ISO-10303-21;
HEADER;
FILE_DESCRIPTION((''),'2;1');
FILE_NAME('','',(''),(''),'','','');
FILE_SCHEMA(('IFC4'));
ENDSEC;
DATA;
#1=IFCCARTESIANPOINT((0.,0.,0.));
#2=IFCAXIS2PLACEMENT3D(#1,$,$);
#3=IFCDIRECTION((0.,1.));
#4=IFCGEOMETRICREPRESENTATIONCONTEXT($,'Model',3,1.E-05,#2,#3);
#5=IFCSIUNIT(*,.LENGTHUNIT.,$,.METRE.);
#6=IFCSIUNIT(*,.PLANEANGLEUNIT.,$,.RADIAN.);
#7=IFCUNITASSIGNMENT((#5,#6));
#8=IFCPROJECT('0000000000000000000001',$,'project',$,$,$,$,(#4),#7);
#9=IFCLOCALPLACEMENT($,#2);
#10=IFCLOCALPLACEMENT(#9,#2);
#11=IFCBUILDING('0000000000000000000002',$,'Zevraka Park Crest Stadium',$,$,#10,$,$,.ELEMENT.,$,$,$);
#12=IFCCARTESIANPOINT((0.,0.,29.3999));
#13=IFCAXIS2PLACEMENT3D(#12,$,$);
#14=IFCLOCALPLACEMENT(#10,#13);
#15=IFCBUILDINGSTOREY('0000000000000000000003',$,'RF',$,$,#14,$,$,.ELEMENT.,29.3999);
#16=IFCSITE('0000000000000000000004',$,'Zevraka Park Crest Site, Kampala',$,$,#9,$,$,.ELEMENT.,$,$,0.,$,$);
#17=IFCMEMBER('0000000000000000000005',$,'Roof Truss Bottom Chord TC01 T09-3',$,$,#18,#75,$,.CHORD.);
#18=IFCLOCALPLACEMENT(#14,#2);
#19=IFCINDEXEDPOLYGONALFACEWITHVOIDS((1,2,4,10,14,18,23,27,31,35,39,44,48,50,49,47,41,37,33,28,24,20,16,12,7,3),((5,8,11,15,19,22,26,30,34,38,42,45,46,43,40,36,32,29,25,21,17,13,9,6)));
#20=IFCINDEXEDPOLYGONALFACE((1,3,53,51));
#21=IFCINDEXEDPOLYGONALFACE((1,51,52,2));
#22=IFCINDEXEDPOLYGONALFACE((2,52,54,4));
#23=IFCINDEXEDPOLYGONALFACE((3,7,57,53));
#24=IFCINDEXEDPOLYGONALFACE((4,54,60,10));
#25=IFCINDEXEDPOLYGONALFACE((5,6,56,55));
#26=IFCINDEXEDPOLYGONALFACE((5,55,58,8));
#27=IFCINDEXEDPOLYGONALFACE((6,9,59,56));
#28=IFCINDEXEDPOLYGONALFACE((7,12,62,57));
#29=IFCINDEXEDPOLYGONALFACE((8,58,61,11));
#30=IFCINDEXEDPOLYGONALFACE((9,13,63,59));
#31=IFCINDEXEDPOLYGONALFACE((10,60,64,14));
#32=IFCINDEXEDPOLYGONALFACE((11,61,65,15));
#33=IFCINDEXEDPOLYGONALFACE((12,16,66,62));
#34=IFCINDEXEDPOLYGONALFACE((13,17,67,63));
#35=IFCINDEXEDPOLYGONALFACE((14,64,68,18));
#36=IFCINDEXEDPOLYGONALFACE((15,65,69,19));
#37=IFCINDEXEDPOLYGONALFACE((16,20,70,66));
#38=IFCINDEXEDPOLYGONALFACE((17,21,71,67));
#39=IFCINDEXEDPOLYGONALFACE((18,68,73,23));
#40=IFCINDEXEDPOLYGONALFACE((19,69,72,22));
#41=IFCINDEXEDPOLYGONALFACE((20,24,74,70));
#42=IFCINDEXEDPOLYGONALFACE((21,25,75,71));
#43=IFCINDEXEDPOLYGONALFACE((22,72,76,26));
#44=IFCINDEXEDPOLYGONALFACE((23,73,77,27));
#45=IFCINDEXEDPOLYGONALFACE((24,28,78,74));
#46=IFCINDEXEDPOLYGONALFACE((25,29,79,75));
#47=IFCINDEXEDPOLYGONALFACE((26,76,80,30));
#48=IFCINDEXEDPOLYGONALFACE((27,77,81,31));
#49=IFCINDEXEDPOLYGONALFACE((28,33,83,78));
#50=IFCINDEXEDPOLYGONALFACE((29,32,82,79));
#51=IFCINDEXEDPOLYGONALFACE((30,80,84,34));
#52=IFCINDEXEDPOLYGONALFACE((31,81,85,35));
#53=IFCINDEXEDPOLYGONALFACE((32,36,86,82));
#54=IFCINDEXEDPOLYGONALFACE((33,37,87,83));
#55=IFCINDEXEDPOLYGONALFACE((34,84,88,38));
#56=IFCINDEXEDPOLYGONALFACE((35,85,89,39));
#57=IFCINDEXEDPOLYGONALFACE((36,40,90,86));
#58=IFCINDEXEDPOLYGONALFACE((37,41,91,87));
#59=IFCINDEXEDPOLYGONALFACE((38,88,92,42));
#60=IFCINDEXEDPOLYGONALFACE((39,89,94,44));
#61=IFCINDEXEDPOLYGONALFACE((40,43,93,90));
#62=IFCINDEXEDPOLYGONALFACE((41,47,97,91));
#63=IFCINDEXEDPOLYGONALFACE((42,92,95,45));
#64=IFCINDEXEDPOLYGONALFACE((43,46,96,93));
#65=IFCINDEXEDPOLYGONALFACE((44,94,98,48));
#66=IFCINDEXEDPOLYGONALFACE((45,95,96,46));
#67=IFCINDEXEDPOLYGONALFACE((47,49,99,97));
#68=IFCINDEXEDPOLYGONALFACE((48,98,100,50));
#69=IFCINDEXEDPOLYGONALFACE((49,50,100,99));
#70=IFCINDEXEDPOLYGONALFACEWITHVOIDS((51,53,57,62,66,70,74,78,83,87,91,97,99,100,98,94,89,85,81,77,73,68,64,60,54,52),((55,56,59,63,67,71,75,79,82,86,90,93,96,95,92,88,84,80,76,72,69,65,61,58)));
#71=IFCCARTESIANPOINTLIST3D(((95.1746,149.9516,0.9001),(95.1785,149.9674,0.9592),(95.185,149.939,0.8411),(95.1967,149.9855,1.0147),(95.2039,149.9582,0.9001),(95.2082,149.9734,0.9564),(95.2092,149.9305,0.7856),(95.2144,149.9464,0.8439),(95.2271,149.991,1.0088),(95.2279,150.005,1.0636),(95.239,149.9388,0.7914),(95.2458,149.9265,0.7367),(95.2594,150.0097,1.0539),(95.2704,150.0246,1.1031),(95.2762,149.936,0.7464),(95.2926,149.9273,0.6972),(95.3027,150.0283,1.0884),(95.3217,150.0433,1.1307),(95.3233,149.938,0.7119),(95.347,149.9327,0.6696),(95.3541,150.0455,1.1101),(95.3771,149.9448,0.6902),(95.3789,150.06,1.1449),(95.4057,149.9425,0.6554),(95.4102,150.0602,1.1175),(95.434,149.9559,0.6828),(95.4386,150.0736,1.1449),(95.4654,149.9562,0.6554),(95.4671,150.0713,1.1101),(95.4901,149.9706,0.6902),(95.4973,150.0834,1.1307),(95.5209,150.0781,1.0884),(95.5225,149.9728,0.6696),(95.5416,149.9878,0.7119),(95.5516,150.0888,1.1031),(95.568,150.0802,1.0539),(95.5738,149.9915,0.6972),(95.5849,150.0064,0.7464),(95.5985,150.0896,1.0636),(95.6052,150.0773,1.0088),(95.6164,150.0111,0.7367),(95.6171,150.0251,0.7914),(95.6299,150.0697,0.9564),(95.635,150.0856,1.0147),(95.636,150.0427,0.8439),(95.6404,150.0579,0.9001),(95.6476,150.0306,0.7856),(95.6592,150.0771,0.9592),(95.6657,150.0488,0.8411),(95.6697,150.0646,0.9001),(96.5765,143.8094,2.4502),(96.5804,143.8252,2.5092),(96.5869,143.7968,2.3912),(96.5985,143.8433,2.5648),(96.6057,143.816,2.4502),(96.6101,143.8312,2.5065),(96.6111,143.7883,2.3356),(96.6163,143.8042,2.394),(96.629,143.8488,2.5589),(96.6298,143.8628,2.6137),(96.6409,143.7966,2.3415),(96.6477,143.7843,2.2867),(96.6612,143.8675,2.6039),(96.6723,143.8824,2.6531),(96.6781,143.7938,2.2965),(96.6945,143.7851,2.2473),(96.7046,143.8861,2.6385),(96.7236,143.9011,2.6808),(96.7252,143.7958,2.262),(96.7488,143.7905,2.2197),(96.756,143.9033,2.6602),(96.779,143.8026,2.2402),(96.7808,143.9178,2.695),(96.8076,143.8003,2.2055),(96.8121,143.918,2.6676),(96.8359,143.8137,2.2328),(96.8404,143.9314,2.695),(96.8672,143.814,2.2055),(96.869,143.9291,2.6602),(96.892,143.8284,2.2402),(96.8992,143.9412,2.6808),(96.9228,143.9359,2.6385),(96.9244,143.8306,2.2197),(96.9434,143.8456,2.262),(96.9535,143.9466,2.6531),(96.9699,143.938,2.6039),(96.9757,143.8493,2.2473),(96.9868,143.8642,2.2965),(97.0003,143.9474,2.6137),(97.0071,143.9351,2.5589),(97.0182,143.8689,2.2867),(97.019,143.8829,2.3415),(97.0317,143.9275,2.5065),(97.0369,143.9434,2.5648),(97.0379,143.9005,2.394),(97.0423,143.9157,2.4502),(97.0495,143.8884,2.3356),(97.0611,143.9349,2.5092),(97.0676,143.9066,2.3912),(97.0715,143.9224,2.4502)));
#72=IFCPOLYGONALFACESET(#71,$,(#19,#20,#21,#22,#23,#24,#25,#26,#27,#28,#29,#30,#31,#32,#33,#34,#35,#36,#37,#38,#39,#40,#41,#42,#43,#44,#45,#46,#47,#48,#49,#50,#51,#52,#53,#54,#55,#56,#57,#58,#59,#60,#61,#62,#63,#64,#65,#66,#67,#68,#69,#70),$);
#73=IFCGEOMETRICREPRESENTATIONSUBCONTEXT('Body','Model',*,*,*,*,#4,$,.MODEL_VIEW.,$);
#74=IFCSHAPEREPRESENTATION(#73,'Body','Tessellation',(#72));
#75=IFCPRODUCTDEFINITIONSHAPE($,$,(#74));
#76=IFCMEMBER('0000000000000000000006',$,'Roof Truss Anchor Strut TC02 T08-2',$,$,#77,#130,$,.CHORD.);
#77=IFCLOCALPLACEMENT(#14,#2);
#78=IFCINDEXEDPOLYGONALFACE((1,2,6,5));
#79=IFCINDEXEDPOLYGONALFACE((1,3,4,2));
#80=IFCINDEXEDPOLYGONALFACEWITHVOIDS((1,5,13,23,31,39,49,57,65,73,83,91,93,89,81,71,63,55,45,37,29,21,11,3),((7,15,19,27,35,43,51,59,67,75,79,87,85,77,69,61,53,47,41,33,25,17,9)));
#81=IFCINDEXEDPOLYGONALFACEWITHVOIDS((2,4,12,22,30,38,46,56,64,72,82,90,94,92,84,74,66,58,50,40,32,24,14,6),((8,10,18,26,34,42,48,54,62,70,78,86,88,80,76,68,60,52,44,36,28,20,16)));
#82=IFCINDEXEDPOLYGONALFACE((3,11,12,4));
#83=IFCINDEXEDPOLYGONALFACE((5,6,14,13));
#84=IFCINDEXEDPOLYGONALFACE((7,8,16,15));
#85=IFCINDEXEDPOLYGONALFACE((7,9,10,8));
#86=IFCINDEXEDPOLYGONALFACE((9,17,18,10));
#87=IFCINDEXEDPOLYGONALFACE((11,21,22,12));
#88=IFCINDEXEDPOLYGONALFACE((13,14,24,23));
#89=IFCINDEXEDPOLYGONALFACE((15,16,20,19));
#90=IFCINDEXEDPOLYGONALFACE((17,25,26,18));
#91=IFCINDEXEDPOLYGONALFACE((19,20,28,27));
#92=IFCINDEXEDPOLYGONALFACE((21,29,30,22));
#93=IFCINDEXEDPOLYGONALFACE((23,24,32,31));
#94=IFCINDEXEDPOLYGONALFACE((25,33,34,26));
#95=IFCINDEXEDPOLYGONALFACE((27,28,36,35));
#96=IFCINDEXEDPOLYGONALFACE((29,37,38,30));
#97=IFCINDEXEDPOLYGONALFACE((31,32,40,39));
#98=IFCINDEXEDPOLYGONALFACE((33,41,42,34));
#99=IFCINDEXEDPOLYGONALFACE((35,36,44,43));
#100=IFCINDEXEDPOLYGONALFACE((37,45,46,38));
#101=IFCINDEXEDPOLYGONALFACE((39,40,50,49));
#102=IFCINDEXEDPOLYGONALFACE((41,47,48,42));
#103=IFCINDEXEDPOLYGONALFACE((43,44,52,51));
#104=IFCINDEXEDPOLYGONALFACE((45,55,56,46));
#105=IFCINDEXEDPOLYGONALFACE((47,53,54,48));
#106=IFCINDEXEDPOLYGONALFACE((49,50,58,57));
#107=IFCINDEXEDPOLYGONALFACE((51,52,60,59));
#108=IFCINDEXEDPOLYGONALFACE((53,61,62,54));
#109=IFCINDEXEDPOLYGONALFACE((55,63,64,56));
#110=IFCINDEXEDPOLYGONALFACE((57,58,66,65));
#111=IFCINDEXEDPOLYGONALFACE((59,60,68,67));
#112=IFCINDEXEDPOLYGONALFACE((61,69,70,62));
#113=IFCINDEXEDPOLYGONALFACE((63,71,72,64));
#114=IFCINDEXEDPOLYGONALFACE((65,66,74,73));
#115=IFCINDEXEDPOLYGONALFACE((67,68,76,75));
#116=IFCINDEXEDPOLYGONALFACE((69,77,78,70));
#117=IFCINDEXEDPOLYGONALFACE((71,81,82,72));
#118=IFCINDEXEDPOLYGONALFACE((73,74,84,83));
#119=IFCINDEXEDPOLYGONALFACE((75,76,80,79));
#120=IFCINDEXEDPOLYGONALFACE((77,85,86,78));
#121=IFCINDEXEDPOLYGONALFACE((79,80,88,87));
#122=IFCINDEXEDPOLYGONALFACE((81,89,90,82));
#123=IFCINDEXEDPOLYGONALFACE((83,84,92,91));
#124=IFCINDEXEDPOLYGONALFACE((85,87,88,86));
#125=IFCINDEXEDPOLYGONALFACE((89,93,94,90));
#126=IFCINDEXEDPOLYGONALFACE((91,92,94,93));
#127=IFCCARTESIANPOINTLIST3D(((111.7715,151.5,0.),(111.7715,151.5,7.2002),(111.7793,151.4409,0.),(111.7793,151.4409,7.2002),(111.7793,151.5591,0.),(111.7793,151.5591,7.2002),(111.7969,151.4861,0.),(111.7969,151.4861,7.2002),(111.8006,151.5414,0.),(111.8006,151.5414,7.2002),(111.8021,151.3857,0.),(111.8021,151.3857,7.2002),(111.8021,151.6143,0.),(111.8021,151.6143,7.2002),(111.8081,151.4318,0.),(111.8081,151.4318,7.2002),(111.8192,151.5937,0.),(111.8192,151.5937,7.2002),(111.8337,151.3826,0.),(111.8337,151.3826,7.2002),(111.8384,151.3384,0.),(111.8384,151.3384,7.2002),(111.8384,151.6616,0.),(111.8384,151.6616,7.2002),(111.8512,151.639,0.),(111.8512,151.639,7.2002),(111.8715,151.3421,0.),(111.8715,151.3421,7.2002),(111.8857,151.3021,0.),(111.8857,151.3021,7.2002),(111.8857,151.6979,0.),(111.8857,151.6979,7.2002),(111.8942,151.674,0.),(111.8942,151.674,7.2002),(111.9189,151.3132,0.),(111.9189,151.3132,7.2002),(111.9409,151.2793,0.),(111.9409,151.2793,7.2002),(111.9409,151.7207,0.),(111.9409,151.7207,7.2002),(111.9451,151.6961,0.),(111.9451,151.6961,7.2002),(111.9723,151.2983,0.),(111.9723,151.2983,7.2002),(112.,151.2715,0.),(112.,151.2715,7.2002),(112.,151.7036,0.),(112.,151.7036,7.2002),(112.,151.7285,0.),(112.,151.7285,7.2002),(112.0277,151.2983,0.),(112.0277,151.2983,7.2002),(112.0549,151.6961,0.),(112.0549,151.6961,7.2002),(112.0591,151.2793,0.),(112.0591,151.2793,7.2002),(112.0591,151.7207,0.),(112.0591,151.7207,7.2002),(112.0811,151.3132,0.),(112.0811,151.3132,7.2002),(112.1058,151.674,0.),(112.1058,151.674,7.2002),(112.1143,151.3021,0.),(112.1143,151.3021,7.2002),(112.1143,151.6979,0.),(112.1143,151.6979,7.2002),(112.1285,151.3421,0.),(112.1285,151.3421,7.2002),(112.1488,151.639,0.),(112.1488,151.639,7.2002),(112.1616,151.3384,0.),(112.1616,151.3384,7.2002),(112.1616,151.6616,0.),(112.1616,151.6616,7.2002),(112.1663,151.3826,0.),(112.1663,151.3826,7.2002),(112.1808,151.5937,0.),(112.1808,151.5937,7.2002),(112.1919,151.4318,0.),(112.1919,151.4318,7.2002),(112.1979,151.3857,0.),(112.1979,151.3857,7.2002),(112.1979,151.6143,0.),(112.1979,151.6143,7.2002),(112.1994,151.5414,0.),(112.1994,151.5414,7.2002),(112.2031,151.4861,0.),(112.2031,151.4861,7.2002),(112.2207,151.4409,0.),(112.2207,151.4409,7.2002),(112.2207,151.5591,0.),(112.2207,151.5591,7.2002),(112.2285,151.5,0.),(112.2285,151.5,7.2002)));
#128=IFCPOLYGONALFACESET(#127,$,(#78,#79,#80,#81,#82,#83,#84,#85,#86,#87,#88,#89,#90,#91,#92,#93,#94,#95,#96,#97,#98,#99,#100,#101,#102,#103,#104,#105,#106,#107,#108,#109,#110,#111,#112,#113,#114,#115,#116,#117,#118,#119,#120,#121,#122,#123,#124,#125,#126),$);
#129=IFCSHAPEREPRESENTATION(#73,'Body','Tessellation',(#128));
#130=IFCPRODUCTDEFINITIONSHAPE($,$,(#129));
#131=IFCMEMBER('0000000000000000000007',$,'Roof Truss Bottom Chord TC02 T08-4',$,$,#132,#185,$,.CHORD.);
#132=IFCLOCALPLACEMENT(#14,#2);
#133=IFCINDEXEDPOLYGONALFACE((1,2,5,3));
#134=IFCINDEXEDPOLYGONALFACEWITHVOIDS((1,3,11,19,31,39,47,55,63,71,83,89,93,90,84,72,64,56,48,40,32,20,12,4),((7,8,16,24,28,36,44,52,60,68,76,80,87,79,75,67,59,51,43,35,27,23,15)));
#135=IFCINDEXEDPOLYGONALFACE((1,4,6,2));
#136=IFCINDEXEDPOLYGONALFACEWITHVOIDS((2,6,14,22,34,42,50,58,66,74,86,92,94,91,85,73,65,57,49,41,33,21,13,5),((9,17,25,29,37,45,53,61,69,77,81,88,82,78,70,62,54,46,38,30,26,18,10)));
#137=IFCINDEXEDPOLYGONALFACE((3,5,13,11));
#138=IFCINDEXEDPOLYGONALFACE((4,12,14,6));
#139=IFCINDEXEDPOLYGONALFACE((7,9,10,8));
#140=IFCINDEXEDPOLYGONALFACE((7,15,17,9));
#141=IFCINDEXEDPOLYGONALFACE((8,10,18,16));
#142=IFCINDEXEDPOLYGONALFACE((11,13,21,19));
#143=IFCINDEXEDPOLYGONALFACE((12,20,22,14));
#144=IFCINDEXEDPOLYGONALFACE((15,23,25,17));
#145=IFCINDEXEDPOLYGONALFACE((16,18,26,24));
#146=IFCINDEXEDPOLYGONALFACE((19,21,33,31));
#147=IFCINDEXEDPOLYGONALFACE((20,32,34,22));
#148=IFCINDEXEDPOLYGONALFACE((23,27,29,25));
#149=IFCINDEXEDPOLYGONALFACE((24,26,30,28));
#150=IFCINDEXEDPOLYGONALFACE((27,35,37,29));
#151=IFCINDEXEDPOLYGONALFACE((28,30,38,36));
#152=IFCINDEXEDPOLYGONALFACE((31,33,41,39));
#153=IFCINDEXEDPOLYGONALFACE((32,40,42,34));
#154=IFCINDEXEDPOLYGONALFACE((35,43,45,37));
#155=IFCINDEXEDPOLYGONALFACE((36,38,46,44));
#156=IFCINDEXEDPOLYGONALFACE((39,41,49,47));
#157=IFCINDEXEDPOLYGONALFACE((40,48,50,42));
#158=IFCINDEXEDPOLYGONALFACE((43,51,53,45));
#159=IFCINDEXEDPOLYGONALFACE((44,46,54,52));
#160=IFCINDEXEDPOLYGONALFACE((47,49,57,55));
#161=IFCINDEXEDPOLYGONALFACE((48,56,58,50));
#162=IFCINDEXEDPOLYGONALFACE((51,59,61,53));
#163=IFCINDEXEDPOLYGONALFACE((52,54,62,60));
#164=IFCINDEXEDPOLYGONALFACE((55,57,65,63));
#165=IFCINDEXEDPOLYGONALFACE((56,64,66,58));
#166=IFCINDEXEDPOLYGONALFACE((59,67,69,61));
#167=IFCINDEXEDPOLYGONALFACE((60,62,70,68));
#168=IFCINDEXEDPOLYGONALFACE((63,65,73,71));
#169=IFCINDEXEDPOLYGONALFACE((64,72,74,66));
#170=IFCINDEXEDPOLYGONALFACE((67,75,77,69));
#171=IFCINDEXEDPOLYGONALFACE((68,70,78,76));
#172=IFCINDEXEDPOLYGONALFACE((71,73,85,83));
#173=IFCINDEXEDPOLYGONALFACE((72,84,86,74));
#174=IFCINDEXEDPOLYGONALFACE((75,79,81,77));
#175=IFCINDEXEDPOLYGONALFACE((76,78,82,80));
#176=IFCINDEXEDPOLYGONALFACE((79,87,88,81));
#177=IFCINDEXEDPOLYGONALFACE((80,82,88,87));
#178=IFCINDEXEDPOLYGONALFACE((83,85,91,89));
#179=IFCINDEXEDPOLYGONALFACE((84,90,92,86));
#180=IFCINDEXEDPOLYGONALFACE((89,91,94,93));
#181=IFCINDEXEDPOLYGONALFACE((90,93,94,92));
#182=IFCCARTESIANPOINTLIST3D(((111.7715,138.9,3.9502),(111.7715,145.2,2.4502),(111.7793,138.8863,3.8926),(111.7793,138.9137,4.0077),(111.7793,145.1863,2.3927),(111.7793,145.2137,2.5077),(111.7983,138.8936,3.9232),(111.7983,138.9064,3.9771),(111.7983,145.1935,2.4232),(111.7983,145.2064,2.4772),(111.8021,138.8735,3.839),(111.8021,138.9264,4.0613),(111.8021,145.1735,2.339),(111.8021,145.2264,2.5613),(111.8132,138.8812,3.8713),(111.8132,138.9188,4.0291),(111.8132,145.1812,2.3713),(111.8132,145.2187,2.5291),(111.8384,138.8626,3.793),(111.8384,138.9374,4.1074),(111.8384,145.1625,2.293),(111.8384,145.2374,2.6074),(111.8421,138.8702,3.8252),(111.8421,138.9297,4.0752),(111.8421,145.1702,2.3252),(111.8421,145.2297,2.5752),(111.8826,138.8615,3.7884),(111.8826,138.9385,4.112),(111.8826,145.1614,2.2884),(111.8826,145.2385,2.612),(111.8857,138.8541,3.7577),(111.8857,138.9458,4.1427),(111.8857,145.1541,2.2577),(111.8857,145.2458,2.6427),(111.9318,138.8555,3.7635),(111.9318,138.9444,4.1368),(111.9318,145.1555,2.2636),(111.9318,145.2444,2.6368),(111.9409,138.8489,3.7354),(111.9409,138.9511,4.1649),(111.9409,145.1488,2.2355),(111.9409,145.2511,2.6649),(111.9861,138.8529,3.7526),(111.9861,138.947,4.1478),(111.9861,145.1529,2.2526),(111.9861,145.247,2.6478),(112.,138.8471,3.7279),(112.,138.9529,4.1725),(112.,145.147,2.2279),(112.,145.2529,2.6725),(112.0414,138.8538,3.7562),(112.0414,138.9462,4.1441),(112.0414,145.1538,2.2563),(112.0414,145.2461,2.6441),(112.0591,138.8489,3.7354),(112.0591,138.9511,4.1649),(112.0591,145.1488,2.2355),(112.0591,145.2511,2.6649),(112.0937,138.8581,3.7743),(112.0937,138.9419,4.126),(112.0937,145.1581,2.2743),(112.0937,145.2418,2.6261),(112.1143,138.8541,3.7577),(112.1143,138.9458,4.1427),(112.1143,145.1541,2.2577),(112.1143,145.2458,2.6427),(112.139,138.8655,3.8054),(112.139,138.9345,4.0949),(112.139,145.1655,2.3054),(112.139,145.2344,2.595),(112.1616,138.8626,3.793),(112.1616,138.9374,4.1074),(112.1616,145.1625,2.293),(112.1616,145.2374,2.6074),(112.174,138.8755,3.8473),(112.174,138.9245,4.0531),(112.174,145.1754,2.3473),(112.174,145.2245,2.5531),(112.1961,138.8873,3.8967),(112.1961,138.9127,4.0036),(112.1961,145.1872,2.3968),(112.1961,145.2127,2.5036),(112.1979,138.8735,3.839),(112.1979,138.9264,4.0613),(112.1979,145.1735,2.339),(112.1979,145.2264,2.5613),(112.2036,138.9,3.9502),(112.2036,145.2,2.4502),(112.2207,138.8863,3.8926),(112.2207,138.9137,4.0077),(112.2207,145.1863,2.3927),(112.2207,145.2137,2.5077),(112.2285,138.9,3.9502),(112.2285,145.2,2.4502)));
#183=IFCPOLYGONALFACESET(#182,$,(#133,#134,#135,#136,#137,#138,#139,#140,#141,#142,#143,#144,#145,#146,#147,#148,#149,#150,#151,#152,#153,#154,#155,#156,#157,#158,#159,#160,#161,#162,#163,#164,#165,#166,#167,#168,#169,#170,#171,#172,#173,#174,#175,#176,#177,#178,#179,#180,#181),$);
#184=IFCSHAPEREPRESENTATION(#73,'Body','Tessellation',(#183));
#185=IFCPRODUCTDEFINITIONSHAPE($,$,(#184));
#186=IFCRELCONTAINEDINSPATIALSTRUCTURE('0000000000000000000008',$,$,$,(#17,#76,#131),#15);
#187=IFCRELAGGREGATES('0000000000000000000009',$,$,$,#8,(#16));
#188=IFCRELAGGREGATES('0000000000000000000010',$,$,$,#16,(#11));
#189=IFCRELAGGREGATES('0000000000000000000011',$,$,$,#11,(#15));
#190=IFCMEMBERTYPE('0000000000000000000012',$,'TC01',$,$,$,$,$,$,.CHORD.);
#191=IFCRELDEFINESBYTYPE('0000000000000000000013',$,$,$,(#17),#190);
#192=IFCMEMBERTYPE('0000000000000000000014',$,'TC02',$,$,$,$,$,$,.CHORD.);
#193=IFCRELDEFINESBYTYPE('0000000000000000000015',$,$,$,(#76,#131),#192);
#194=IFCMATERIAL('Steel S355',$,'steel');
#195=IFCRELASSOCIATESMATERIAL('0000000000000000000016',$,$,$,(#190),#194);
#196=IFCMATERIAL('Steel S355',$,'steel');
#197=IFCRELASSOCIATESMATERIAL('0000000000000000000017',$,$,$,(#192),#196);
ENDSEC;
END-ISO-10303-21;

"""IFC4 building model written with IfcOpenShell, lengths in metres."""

from ifc_helpers import new_model, si_unit, direction, frame, origin, origin_2d, place, context, subcontext, project, spatial, hollow_circle, extrude, material, material_profile, profile_set, type_object, element, save


model = new_model("IFC4")

# Units and contexts
model_context = context("Model", 3, precision=1e-05, world=origin(), true_north=direction((0.0, 1.0)))
body_context = subcontext(model_context, "Body", "Model", "MODEL_VIEW")
ifc_project = project(units=[si_unit("LENGTHUNIT", "METRE"), si_unit("PLANEANGLEUNIT", "RADIAN")], contexts=[model_context])

# Site, building, storey
site_placement = place(None, origin())
site = spatial("IfcSite", under=ifc_project, at=site_placement, Name="Zevraka Park Crest Site, Kampala", CompositionType="ELEMENT", RefElevation=0.0)
building_placement = place(site_placement, origin())
building = spatial("IfcBuilding", under=site, at=building_placement, Name="Zevraka Park Crest Stadium", CompositionType="ELEMENT")
storey_placement = place(building_placement, frame((0.0, 0.0, 29.3999)))
storey = spatial("IfcBuildingStorey", under=building, at=storey_placement, Name="RF", CompositionType="ELEMENT", Elevation=29.3999)

# Members
ifc_material_1 = material(Name="Steel S355", Category="steel")
ifc_material_profile_1 = material_profile(ifc_material_1, hollow_circle(Radius=0.2539, WallThickness=0.03, at=origin_2d()), Name="CHS 508.0x30")
ifc_profile_set_1 = profile_set([ifc_material_profile_1], Name="Steel S355")
member_type_1 = type_object("IfcMemberType", Name="TC01", PredefinedType="CHORD", material=ifc_profile_set_1)
for number, where, z_axis, x_axis, name in (
    (1, (95.4221, 150.0081, 0.9001), (0.216072, -0.946696, 0.238913), (0.974929, 0.222515, 0.0), "Roof Truss Bottom Chord TC01 T09-3"),
):
    element("IfcMember", number, at=place(storey_placement, frame(where, z_axis=z_axis, x_axis=x_axis)), inside=storey, type_object=member_type_1, Name=name, PredefinedType="CHORD", context=body_context, shape_type="SweptSolid", body=[
        extrude(hollow_circle(Radius=0.2539, WallThickness=0.03, at=origin_2d()), origin(), (0.0, 0.0, 1.0), 6.488),
    ])
ifc_material_2 = material(Name="Steel S355", Category="steel")
ifc_material_profile_2 = material_profile(ifc_material_2, hollow_circle(Radius=0.2285, WallThickness=0.0249, at=origin_2d()), Name="CHS 457.0x25")
ifc_profile_set_2 = profile_set([ifc_material_profile_2], Name="Steel S355")
member_type_2 = type_object("IfcMemberType", Name="TC02", PredefinedType="CHORD", material=ifc_profile_set_2)
member_1_placement = place(storey_placement, frame((112.0, 151.5, 0.0), z_axis=(0.0, 0.0, 1.0), x_axis=(0.0, 1.0, 0.0)))
element("IfcMember", 2, at=member_1_placement, inside=storey, type_object=member_type_2, Name="Roof Truss Anchor Strut TC02 T08-2", PredefinedType="CHORD", context=body_context, shape_type="SweptSolid", body=[
    extrude(hollow_circle(Radius=0.2285, WallThickness=0.0249, at=origin_2d()), origin(), (0.0, 0.0, 1.0), 7.2002),
])
member_2_placement = place(storey_placement, frame((112.0, 145.2, 2.4502), z_axis=(0.0, -0.972807, 0.231619), x_axis=(1.0, 0.0, 0.0)))
element("IfcMember", 3, at=member_2_placement, inside=storey, type_object=member_type_2, Name="Roof Truss Bottom Chord TC02 T08-4", PredefinedType="CHORD", context=body_context, shape_type="SweptSolid", body=[
    extrude(hollow_circle(Radius=0.2285, WallThickness=0.0249, at=origin_2d()), origin(), (0.0, 0.0, 1.0), 6.4761),
])

save(model, "model.ifc")
